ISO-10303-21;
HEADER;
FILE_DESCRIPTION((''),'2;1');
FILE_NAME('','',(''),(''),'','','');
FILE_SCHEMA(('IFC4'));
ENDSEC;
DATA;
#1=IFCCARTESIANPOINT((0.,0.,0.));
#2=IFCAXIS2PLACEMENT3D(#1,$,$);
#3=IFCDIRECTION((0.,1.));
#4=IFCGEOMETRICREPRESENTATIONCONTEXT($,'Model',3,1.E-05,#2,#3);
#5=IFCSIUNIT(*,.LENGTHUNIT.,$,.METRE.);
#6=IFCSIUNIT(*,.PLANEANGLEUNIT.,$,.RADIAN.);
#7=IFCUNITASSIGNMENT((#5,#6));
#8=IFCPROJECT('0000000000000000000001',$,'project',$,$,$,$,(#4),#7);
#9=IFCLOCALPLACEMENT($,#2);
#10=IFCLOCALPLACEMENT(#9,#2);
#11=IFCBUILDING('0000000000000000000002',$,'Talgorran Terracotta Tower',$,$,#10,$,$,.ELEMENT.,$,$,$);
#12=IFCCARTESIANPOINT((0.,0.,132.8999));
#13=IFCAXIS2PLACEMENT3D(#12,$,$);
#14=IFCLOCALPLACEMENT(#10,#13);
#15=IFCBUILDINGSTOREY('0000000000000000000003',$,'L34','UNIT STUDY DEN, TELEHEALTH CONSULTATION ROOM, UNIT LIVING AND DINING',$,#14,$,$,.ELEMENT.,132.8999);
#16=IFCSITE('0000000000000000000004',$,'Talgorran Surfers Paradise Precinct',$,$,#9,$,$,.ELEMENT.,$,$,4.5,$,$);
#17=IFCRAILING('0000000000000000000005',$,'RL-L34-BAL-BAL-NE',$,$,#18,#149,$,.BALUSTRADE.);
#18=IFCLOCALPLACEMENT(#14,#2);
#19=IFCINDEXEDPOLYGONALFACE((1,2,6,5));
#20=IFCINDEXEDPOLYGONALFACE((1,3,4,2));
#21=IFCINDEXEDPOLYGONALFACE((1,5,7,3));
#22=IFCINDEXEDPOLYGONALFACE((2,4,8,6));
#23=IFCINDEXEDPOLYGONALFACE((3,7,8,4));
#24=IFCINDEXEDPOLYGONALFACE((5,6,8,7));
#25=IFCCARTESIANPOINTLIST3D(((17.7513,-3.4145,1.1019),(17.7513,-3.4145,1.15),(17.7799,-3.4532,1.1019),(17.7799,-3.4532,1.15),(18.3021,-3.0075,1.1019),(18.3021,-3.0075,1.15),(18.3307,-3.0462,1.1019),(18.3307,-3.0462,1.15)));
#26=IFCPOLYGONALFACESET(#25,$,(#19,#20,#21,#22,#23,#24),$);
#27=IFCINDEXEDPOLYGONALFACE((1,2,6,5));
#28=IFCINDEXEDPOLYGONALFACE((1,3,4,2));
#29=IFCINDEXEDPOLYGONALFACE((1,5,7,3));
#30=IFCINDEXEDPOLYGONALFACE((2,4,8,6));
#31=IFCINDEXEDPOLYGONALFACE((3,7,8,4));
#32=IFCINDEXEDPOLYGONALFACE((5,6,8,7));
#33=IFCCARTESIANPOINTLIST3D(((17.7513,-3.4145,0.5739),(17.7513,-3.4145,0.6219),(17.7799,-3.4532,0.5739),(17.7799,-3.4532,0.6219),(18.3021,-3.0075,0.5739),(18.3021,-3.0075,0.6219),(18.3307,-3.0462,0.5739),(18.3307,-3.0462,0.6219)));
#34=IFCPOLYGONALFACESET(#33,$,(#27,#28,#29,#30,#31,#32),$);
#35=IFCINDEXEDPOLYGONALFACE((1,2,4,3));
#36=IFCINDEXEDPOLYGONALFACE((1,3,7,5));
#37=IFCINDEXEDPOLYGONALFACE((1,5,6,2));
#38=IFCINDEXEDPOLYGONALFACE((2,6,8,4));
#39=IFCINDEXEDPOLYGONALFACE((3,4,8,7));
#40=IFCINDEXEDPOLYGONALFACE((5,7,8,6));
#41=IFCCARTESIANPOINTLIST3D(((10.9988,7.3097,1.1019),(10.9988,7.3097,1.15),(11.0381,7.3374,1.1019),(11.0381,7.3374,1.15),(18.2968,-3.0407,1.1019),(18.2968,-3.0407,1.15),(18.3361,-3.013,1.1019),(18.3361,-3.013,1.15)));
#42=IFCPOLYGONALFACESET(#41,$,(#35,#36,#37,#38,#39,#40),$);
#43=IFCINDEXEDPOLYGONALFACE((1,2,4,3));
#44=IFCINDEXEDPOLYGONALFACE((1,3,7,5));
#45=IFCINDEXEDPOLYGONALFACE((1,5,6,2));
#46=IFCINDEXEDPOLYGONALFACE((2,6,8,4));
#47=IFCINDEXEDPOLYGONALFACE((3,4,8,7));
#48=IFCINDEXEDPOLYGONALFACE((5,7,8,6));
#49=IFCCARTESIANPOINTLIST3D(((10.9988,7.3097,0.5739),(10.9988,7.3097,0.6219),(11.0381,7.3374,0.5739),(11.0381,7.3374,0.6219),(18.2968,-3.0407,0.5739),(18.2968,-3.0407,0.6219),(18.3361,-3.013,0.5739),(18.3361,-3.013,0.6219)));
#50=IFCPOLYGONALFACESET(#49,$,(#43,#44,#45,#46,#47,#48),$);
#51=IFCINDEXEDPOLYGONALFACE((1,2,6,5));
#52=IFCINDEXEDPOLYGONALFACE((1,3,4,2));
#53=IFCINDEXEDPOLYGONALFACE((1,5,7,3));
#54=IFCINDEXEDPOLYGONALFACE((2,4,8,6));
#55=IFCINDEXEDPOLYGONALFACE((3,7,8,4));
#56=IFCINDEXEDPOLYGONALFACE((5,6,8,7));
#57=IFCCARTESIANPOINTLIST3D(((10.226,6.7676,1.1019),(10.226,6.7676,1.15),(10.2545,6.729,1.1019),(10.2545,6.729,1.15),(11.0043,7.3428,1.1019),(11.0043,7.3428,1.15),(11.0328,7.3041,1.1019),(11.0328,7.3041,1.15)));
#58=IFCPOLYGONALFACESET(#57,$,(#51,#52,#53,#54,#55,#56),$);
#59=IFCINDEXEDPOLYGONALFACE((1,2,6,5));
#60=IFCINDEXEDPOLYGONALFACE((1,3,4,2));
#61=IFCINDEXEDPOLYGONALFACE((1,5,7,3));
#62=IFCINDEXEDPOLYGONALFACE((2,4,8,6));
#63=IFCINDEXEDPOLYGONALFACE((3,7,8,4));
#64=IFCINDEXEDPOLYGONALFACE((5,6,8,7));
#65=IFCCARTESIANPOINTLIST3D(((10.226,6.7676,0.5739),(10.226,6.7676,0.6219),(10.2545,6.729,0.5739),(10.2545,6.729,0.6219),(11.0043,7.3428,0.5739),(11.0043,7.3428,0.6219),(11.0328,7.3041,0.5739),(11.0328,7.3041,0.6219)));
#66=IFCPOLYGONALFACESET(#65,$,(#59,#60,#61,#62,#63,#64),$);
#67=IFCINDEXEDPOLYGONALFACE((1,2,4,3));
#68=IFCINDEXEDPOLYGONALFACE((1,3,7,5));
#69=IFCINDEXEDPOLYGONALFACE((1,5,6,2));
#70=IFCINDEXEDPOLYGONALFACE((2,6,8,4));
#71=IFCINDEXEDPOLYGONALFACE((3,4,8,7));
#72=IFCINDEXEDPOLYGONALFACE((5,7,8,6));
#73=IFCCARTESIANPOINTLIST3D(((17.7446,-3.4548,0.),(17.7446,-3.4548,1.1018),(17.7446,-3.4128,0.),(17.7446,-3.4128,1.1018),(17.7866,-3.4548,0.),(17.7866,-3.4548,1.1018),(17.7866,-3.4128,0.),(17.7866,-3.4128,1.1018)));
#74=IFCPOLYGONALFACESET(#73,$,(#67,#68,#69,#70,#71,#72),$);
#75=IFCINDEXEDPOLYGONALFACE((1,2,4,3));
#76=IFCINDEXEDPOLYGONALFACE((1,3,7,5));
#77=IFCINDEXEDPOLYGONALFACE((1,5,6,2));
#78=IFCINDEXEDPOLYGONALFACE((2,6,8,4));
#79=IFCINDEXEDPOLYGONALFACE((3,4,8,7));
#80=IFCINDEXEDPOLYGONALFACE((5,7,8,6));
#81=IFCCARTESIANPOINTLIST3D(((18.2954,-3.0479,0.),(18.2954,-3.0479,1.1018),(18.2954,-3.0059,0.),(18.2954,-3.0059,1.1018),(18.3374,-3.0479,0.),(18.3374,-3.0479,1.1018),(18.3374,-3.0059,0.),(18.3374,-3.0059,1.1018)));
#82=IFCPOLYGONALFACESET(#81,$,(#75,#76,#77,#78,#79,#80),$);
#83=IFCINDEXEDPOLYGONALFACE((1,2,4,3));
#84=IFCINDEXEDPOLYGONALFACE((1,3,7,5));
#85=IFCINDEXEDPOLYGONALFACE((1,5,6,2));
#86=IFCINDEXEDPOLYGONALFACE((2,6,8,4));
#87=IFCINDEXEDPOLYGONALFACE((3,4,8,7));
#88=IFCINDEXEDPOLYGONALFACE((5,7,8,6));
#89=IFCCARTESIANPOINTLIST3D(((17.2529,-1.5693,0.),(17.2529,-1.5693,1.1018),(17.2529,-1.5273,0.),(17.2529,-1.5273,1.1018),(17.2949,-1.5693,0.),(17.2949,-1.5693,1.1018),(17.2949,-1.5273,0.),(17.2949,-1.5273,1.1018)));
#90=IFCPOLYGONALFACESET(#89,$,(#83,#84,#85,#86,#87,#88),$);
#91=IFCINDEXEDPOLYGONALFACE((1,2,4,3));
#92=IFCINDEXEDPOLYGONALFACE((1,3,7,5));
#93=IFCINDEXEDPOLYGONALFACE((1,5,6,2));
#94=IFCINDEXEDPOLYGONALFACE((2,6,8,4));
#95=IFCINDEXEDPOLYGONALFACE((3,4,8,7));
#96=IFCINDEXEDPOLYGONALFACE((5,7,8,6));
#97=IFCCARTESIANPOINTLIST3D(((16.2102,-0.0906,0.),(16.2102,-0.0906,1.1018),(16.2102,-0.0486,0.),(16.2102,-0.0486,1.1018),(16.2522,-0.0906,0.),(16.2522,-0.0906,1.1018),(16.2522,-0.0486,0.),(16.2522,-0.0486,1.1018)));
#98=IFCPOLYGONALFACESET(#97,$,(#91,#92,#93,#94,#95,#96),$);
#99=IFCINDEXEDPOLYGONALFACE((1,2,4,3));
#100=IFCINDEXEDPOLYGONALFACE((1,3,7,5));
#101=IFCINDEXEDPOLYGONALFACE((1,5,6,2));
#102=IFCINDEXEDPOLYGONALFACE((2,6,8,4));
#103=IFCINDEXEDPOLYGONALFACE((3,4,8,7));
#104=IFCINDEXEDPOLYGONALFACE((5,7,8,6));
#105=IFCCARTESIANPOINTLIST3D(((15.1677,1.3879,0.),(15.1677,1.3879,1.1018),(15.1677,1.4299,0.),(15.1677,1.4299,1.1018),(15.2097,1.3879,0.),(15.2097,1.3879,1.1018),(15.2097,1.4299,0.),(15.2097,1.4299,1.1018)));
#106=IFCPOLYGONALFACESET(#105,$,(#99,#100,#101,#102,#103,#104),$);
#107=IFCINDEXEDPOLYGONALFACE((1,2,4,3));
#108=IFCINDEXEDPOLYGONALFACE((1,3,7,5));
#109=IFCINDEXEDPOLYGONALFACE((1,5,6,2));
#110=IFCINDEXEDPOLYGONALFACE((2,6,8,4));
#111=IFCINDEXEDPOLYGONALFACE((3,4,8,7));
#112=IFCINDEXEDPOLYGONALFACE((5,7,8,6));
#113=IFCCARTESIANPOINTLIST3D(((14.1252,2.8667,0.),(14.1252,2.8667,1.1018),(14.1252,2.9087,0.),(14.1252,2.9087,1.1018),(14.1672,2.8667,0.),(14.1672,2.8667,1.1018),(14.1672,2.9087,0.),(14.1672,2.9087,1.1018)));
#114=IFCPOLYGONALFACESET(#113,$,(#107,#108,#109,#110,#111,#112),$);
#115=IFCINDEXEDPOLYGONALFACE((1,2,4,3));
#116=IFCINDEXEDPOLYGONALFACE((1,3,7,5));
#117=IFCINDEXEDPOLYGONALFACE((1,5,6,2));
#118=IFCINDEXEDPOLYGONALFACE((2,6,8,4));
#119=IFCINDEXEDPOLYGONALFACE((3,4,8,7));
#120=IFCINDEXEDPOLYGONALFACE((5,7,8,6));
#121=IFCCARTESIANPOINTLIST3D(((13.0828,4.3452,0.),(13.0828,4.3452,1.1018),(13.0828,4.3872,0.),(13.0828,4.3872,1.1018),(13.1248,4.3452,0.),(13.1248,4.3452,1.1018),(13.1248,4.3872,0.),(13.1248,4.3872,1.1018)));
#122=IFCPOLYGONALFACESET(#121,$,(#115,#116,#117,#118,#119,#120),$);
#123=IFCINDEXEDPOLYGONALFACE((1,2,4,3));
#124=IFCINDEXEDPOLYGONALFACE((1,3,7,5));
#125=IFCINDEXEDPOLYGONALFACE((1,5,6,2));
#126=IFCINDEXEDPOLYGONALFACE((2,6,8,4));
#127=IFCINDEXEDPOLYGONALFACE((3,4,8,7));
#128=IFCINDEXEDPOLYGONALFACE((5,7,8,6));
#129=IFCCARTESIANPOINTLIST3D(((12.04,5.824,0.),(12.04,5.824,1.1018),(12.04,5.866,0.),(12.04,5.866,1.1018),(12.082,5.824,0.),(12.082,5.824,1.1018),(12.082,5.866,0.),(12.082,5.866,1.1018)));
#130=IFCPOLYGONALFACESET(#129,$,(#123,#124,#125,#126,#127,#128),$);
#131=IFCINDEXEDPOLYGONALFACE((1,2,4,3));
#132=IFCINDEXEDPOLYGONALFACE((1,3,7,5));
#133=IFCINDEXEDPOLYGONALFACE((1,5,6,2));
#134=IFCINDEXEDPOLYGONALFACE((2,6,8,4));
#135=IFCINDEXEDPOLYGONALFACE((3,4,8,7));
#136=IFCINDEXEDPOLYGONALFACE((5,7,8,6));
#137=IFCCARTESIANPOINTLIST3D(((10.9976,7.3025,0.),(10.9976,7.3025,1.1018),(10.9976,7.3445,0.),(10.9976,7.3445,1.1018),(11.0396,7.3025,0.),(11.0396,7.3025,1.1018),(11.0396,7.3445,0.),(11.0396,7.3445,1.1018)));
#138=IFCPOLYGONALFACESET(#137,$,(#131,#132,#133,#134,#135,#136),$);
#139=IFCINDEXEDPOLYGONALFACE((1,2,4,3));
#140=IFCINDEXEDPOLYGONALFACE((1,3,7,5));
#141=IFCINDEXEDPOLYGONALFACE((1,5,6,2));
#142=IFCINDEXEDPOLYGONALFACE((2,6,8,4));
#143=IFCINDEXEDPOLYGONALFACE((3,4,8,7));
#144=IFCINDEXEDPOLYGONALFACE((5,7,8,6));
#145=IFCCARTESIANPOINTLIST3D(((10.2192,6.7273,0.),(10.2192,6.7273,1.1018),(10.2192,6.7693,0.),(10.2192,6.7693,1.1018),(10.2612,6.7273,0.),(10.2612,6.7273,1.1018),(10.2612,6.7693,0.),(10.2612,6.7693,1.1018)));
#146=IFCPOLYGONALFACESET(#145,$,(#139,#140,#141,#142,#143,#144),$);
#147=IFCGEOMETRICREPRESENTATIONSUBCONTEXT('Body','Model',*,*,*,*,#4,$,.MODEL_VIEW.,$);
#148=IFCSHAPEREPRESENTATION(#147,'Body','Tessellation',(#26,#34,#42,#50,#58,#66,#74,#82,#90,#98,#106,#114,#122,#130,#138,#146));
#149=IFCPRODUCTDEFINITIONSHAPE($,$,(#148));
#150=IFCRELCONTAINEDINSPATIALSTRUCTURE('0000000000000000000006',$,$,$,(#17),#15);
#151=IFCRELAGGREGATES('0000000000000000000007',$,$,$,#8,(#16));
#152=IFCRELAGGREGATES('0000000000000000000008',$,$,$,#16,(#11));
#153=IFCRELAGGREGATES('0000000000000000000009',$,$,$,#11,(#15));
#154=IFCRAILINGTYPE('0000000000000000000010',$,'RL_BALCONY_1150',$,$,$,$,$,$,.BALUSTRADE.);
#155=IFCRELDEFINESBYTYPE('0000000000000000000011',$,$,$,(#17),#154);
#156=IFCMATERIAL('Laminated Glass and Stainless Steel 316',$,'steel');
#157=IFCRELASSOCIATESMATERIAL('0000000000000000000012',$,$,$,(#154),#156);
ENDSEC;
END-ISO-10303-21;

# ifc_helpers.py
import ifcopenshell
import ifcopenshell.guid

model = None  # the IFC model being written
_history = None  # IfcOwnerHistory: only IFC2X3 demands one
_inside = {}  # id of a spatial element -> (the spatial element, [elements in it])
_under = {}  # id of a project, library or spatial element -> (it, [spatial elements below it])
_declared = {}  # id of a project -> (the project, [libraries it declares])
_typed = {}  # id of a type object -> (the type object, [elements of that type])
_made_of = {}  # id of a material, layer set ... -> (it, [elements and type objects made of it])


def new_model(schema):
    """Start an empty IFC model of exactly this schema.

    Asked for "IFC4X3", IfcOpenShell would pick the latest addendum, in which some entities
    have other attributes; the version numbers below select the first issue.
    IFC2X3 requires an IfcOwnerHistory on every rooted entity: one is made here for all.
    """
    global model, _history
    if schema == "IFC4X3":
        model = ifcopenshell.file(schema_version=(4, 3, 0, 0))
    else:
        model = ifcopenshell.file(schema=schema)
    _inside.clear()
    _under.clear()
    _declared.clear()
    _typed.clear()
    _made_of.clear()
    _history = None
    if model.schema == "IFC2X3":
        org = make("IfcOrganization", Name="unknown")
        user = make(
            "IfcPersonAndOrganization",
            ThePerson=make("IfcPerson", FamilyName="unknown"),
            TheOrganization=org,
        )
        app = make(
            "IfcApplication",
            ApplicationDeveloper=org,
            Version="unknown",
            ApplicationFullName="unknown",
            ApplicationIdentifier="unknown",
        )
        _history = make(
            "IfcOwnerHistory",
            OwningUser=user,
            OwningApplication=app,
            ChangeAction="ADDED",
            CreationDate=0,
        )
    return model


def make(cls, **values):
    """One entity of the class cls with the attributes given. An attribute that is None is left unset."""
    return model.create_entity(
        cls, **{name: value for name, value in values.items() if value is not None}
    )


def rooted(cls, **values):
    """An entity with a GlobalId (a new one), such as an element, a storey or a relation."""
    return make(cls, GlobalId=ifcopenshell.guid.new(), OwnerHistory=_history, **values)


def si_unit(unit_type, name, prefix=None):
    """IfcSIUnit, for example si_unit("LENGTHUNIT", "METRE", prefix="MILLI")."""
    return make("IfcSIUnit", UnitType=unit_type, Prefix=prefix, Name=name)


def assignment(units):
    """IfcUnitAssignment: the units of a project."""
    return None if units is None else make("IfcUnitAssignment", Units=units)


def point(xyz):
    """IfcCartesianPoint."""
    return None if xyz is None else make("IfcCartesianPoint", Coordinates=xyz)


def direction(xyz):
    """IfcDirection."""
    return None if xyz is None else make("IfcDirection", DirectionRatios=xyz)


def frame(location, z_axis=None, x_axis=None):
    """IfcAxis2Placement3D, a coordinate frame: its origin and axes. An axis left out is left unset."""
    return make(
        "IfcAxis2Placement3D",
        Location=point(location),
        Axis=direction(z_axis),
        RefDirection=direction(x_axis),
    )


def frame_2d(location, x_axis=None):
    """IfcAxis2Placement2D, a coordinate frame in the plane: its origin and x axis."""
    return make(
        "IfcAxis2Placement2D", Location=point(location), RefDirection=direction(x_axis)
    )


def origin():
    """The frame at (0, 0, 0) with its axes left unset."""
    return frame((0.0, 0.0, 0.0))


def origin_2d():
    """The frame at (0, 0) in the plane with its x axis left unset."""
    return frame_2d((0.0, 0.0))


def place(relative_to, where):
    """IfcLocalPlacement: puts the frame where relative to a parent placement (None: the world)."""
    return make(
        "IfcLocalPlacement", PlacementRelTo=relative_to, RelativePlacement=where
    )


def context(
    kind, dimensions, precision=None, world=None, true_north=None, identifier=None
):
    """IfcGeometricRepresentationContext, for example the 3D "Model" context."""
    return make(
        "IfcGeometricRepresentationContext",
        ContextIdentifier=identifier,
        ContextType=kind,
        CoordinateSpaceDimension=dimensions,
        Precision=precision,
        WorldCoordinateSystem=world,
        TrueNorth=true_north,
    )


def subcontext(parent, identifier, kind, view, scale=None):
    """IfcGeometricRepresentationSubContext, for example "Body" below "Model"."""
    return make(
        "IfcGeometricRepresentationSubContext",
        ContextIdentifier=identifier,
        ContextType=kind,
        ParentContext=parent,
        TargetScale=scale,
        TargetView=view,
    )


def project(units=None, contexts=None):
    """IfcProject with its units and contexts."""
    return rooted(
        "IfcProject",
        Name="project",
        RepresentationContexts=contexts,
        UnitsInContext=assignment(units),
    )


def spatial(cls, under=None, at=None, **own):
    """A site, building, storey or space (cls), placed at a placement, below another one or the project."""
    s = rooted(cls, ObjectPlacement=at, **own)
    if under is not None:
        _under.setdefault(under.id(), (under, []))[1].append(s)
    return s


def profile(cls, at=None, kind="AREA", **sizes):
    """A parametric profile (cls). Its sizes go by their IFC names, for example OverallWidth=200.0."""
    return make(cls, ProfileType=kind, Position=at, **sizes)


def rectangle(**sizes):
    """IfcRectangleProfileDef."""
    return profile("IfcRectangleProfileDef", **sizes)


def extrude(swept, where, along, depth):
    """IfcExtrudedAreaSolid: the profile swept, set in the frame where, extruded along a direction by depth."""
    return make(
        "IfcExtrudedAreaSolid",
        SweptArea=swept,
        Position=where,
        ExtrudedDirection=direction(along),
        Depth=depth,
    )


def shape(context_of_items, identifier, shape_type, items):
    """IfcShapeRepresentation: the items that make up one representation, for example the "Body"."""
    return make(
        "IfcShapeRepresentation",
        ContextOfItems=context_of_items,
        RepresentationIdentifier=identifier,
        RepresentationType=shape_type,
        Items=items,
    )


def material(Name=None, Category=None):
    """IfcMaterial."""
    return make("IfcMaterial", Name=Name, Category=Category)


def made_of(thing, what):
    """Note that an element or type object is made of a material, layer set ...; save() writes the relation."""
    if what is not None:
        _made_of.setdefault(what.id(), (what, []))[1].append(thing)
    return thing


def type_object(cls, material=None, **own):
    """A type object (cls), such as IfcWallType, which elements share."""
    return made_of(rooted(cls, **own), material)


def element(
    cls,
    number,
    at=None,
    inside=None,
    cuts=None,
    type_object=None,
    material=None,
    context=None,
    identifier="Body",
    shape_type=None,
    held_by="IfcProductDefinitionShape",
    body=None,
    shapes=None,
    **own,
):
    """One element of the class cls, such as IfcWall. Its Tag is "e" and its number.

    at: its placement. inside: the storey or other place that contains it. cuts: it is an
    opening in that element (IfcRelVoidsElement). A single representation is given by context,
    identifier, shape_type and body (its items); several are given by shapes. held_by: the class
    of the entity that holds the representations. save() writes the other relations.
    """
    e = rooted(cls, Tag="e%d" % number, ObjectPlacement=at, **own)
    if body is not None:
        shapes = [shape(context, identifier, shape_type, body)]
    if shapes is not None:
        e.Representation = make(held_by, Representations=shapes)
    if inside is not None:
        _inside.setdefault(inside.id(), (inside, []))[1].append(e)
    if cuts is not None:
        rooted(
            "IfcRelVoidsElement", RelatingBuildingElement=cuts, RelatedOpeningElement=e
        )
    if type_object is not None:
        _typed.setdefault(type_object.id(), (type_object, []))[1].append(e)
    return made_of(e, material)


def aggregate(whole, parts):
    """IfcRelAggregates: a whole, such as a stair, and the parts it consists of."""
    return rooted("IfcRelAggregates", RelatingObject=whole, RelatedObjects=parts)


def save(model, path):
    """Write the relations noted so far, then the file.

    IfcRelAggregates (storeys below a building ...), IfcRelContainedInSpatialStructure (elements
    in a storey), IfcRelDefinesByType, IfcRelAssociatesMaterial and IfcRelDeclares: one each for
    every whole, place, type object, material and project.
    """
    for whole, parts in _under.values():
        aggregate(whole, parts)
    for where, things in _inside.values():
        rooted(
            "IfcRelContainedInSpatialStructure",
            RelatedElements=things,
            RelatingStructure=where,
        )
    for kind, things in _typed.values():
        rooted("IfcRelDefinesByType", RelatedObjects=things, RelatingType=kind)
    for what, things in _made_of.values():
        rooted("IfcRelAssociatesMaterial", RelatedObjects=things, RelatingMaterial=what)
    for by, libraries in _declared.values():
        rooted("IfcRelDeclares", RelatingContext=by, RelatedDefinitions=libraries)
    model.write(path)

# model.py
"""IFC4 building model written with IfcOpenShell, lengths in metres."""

from ifc_helpers import new_model, si_unit, direction, frame, origin, origin_2d, place, context, subcontext, project, spatial, rectangle, extrude, material, type_object, element, save


model = new_model("IFC4")

# Units and contexts
model_context = context("Model", 3, precision=1e-05, world=origin(), true_north=direction((0.0, 1.0)))
body_context = subcontext(model_context, "Body", "Model", "MODEL_VIEW")
ifc_project = project(units=[si_unit("LENGTHUNIT", "METRE"), si_unit("PLANEANGLEUNIT", "RADIAN")], contexts=[model_context])

# Site, building, storey
site_placement = place(None, origin())
site = spatial("IfcSite", under=ifc_project, at=site_placement, Name="Talgorran Surfers Paradise Precinct", CompositionType="ELEMENT", RefElevation=4.5)
building_placement = place(site_placement, origin())
building = spatial("IfcBuilding", under=site, at=building_placement, Name="Talgorran Terracotta Tower", CompositionType="ELEMENT")
storey_placement = place(building_placement, frame((0.0, 0.0, 132.8999)))
storey = spatial("IfcBuildingStorey", under=building, at=storey_placement, Name="L34", Description="UNIT STUDY DEN, TELEHEALTH CONSULTATION ROOM, UNIT LIVING AND DINING", CompositionType="ELEMENT", Elevation=132.8999)

# Railing
ifc_material_1 = material(Name="Laminated Glass and Stainless Steel 316", Category="steel")
railing_type = type_object("IfcRailingType", Name="RL_BALCONY_1150", PredefinedType="BALUSTRADE", material=ifc_material_1)
railing_placement = place(storey_placement, frame((17.7656, -3.4338, 0.0)))
element("IfcRailing", 1, at=railing_placement, inside=storey, type_object=railing_type, Name="RL-L34-BAL-BAL-NE", PredefinedType="BALUSTRADE", context=body_context, shape_type="SweptSolid", body=[
    extrude(rectangle(XDim=0.0481, YDim=0.0481, at=origin_2d()), frame((0.0, 0.0, 1.126), z_axis=(0.804258, 0.594281, 0.0), x_axis=(-0.594281, 0.804258, 0.0)), (0.0, 0.0, 1.0), 0.6848),
    extrude(rectangle(XDim=0.0481, YDim=0.0481, at=origin_2d()), frame((0.0, 0.0, 0.5979), z_axis=(0.804258, 0.594281, 0.0), x_axis=(-0.594281, 0.804258, 0.0)), (0.0, 0.0, 1.0), 0.6848),
    extrude(rectangle(XDim=0.0481, YDim=0.0481, at=origin_2d()), frame((0.5508, 0.407, 1.126), z_axis=(-0.576247, 0.817275, 0.0), x_axis=(-0.817275, -0.576247, 0.0)), (0.0, 0.0, 1.0), 12.6646),
    extrude(rectangle(XDim=0.0481, YDim=0.0481, at=origin_2d()), frame((0.5508, 0.407, 0.5979), z_axis=(-0.576247, 0.817275, 0.0), x_axis=(-0.817275, -0.576247, 0.0)), (0.0, 0.0, 1.0), 12.6646),
    extrude(rectangle(XDim=0.0481, YDim=0.0481, at=origin_2d()), frame((-6.7471, 10.7573, 1.126), z_axis=(-0.804218, -0.594334, 0.0), x_axis=(0.594334, -0.804218, 0.0)), (0.0, 0.0, 1.0), 0.9678),
    extrude(rectangle(XDim=0.0481, YDim=0.0481, at=origin_2d()), frame((-6.7471, 10.7573, 0.5979), z_axis=(-0.804218, -0.594334, 0.0), x_axis=(0.594334, -0.804218, 0.0)), (0.0, 0.0, 1.0), 0.9678),
    extrude(rectangle(XDim=0.042, YDim=0.042, at=origin_2d()), origin(), (0.0, 0.0, 1.0), 1.1018),
    extrude(rectangle(XDim=0.042, YDim=0.042, at=origin_2d()), frame((0.5508, 0.407, 0.0)), (0.0, 0.0, 1.0), 1.1018),
    extrude(rectangle(XDim=0.042, YDim=0.042, at=origin_2d()), frame((-0.4917, 1.8855, 0.0)), (0.0, 0.0, 1.0), 1.1018),
    extrude(rectangle(XDim=0.042, YDim=0.042, at=origin_2d()), frame((-1.5344, 3.3643, 0.0)), (0.0, 0.0, 1.0), 1.1018),
    extrude(rectangle(XDim=0.042, YDim=0.042, at=origin_2d()), frame((-2.5769, 4.8428, 0.0)), (0.0, 0.0, 1.0), 1.1018),
    extrude(rectangle(XDim=0.042, YDim=0.042, at=origin_2d()), frame((-3.6194, 6.3215, 0.0)), (0.0, 0.0, 1.0), 1.1018),
    extrude(rectangle(XDim=0.042, YDim=0.042, at=origin_2d()), frame((-4.6619, 7.8, 0.0)), (0.0, 0.0, 1.0), 1.1018),
    extrude(rectangle(XDim=0.042, YDim=0.042, at=origin_2d()), frame((-5.7046, 9.2788, 0.0)), (0.0, 0.0, 1.0), 1.1018),
    extrude(rectangle(XDim=0.042, YDim=0.042, at=origin_2d()), frame((-6.7471, 10.7573, 0.0)), (0.0, 0.0, 1.0), 1.1018),
    extrude(rectangle(XDim=0.042, YDim=0.042, at=origin_2d()), frame((-7.5254, 10.1821, 0.0)), (0.0, 0.0, 1.0), 1.1018),
])

save(model, "model.ifc")
